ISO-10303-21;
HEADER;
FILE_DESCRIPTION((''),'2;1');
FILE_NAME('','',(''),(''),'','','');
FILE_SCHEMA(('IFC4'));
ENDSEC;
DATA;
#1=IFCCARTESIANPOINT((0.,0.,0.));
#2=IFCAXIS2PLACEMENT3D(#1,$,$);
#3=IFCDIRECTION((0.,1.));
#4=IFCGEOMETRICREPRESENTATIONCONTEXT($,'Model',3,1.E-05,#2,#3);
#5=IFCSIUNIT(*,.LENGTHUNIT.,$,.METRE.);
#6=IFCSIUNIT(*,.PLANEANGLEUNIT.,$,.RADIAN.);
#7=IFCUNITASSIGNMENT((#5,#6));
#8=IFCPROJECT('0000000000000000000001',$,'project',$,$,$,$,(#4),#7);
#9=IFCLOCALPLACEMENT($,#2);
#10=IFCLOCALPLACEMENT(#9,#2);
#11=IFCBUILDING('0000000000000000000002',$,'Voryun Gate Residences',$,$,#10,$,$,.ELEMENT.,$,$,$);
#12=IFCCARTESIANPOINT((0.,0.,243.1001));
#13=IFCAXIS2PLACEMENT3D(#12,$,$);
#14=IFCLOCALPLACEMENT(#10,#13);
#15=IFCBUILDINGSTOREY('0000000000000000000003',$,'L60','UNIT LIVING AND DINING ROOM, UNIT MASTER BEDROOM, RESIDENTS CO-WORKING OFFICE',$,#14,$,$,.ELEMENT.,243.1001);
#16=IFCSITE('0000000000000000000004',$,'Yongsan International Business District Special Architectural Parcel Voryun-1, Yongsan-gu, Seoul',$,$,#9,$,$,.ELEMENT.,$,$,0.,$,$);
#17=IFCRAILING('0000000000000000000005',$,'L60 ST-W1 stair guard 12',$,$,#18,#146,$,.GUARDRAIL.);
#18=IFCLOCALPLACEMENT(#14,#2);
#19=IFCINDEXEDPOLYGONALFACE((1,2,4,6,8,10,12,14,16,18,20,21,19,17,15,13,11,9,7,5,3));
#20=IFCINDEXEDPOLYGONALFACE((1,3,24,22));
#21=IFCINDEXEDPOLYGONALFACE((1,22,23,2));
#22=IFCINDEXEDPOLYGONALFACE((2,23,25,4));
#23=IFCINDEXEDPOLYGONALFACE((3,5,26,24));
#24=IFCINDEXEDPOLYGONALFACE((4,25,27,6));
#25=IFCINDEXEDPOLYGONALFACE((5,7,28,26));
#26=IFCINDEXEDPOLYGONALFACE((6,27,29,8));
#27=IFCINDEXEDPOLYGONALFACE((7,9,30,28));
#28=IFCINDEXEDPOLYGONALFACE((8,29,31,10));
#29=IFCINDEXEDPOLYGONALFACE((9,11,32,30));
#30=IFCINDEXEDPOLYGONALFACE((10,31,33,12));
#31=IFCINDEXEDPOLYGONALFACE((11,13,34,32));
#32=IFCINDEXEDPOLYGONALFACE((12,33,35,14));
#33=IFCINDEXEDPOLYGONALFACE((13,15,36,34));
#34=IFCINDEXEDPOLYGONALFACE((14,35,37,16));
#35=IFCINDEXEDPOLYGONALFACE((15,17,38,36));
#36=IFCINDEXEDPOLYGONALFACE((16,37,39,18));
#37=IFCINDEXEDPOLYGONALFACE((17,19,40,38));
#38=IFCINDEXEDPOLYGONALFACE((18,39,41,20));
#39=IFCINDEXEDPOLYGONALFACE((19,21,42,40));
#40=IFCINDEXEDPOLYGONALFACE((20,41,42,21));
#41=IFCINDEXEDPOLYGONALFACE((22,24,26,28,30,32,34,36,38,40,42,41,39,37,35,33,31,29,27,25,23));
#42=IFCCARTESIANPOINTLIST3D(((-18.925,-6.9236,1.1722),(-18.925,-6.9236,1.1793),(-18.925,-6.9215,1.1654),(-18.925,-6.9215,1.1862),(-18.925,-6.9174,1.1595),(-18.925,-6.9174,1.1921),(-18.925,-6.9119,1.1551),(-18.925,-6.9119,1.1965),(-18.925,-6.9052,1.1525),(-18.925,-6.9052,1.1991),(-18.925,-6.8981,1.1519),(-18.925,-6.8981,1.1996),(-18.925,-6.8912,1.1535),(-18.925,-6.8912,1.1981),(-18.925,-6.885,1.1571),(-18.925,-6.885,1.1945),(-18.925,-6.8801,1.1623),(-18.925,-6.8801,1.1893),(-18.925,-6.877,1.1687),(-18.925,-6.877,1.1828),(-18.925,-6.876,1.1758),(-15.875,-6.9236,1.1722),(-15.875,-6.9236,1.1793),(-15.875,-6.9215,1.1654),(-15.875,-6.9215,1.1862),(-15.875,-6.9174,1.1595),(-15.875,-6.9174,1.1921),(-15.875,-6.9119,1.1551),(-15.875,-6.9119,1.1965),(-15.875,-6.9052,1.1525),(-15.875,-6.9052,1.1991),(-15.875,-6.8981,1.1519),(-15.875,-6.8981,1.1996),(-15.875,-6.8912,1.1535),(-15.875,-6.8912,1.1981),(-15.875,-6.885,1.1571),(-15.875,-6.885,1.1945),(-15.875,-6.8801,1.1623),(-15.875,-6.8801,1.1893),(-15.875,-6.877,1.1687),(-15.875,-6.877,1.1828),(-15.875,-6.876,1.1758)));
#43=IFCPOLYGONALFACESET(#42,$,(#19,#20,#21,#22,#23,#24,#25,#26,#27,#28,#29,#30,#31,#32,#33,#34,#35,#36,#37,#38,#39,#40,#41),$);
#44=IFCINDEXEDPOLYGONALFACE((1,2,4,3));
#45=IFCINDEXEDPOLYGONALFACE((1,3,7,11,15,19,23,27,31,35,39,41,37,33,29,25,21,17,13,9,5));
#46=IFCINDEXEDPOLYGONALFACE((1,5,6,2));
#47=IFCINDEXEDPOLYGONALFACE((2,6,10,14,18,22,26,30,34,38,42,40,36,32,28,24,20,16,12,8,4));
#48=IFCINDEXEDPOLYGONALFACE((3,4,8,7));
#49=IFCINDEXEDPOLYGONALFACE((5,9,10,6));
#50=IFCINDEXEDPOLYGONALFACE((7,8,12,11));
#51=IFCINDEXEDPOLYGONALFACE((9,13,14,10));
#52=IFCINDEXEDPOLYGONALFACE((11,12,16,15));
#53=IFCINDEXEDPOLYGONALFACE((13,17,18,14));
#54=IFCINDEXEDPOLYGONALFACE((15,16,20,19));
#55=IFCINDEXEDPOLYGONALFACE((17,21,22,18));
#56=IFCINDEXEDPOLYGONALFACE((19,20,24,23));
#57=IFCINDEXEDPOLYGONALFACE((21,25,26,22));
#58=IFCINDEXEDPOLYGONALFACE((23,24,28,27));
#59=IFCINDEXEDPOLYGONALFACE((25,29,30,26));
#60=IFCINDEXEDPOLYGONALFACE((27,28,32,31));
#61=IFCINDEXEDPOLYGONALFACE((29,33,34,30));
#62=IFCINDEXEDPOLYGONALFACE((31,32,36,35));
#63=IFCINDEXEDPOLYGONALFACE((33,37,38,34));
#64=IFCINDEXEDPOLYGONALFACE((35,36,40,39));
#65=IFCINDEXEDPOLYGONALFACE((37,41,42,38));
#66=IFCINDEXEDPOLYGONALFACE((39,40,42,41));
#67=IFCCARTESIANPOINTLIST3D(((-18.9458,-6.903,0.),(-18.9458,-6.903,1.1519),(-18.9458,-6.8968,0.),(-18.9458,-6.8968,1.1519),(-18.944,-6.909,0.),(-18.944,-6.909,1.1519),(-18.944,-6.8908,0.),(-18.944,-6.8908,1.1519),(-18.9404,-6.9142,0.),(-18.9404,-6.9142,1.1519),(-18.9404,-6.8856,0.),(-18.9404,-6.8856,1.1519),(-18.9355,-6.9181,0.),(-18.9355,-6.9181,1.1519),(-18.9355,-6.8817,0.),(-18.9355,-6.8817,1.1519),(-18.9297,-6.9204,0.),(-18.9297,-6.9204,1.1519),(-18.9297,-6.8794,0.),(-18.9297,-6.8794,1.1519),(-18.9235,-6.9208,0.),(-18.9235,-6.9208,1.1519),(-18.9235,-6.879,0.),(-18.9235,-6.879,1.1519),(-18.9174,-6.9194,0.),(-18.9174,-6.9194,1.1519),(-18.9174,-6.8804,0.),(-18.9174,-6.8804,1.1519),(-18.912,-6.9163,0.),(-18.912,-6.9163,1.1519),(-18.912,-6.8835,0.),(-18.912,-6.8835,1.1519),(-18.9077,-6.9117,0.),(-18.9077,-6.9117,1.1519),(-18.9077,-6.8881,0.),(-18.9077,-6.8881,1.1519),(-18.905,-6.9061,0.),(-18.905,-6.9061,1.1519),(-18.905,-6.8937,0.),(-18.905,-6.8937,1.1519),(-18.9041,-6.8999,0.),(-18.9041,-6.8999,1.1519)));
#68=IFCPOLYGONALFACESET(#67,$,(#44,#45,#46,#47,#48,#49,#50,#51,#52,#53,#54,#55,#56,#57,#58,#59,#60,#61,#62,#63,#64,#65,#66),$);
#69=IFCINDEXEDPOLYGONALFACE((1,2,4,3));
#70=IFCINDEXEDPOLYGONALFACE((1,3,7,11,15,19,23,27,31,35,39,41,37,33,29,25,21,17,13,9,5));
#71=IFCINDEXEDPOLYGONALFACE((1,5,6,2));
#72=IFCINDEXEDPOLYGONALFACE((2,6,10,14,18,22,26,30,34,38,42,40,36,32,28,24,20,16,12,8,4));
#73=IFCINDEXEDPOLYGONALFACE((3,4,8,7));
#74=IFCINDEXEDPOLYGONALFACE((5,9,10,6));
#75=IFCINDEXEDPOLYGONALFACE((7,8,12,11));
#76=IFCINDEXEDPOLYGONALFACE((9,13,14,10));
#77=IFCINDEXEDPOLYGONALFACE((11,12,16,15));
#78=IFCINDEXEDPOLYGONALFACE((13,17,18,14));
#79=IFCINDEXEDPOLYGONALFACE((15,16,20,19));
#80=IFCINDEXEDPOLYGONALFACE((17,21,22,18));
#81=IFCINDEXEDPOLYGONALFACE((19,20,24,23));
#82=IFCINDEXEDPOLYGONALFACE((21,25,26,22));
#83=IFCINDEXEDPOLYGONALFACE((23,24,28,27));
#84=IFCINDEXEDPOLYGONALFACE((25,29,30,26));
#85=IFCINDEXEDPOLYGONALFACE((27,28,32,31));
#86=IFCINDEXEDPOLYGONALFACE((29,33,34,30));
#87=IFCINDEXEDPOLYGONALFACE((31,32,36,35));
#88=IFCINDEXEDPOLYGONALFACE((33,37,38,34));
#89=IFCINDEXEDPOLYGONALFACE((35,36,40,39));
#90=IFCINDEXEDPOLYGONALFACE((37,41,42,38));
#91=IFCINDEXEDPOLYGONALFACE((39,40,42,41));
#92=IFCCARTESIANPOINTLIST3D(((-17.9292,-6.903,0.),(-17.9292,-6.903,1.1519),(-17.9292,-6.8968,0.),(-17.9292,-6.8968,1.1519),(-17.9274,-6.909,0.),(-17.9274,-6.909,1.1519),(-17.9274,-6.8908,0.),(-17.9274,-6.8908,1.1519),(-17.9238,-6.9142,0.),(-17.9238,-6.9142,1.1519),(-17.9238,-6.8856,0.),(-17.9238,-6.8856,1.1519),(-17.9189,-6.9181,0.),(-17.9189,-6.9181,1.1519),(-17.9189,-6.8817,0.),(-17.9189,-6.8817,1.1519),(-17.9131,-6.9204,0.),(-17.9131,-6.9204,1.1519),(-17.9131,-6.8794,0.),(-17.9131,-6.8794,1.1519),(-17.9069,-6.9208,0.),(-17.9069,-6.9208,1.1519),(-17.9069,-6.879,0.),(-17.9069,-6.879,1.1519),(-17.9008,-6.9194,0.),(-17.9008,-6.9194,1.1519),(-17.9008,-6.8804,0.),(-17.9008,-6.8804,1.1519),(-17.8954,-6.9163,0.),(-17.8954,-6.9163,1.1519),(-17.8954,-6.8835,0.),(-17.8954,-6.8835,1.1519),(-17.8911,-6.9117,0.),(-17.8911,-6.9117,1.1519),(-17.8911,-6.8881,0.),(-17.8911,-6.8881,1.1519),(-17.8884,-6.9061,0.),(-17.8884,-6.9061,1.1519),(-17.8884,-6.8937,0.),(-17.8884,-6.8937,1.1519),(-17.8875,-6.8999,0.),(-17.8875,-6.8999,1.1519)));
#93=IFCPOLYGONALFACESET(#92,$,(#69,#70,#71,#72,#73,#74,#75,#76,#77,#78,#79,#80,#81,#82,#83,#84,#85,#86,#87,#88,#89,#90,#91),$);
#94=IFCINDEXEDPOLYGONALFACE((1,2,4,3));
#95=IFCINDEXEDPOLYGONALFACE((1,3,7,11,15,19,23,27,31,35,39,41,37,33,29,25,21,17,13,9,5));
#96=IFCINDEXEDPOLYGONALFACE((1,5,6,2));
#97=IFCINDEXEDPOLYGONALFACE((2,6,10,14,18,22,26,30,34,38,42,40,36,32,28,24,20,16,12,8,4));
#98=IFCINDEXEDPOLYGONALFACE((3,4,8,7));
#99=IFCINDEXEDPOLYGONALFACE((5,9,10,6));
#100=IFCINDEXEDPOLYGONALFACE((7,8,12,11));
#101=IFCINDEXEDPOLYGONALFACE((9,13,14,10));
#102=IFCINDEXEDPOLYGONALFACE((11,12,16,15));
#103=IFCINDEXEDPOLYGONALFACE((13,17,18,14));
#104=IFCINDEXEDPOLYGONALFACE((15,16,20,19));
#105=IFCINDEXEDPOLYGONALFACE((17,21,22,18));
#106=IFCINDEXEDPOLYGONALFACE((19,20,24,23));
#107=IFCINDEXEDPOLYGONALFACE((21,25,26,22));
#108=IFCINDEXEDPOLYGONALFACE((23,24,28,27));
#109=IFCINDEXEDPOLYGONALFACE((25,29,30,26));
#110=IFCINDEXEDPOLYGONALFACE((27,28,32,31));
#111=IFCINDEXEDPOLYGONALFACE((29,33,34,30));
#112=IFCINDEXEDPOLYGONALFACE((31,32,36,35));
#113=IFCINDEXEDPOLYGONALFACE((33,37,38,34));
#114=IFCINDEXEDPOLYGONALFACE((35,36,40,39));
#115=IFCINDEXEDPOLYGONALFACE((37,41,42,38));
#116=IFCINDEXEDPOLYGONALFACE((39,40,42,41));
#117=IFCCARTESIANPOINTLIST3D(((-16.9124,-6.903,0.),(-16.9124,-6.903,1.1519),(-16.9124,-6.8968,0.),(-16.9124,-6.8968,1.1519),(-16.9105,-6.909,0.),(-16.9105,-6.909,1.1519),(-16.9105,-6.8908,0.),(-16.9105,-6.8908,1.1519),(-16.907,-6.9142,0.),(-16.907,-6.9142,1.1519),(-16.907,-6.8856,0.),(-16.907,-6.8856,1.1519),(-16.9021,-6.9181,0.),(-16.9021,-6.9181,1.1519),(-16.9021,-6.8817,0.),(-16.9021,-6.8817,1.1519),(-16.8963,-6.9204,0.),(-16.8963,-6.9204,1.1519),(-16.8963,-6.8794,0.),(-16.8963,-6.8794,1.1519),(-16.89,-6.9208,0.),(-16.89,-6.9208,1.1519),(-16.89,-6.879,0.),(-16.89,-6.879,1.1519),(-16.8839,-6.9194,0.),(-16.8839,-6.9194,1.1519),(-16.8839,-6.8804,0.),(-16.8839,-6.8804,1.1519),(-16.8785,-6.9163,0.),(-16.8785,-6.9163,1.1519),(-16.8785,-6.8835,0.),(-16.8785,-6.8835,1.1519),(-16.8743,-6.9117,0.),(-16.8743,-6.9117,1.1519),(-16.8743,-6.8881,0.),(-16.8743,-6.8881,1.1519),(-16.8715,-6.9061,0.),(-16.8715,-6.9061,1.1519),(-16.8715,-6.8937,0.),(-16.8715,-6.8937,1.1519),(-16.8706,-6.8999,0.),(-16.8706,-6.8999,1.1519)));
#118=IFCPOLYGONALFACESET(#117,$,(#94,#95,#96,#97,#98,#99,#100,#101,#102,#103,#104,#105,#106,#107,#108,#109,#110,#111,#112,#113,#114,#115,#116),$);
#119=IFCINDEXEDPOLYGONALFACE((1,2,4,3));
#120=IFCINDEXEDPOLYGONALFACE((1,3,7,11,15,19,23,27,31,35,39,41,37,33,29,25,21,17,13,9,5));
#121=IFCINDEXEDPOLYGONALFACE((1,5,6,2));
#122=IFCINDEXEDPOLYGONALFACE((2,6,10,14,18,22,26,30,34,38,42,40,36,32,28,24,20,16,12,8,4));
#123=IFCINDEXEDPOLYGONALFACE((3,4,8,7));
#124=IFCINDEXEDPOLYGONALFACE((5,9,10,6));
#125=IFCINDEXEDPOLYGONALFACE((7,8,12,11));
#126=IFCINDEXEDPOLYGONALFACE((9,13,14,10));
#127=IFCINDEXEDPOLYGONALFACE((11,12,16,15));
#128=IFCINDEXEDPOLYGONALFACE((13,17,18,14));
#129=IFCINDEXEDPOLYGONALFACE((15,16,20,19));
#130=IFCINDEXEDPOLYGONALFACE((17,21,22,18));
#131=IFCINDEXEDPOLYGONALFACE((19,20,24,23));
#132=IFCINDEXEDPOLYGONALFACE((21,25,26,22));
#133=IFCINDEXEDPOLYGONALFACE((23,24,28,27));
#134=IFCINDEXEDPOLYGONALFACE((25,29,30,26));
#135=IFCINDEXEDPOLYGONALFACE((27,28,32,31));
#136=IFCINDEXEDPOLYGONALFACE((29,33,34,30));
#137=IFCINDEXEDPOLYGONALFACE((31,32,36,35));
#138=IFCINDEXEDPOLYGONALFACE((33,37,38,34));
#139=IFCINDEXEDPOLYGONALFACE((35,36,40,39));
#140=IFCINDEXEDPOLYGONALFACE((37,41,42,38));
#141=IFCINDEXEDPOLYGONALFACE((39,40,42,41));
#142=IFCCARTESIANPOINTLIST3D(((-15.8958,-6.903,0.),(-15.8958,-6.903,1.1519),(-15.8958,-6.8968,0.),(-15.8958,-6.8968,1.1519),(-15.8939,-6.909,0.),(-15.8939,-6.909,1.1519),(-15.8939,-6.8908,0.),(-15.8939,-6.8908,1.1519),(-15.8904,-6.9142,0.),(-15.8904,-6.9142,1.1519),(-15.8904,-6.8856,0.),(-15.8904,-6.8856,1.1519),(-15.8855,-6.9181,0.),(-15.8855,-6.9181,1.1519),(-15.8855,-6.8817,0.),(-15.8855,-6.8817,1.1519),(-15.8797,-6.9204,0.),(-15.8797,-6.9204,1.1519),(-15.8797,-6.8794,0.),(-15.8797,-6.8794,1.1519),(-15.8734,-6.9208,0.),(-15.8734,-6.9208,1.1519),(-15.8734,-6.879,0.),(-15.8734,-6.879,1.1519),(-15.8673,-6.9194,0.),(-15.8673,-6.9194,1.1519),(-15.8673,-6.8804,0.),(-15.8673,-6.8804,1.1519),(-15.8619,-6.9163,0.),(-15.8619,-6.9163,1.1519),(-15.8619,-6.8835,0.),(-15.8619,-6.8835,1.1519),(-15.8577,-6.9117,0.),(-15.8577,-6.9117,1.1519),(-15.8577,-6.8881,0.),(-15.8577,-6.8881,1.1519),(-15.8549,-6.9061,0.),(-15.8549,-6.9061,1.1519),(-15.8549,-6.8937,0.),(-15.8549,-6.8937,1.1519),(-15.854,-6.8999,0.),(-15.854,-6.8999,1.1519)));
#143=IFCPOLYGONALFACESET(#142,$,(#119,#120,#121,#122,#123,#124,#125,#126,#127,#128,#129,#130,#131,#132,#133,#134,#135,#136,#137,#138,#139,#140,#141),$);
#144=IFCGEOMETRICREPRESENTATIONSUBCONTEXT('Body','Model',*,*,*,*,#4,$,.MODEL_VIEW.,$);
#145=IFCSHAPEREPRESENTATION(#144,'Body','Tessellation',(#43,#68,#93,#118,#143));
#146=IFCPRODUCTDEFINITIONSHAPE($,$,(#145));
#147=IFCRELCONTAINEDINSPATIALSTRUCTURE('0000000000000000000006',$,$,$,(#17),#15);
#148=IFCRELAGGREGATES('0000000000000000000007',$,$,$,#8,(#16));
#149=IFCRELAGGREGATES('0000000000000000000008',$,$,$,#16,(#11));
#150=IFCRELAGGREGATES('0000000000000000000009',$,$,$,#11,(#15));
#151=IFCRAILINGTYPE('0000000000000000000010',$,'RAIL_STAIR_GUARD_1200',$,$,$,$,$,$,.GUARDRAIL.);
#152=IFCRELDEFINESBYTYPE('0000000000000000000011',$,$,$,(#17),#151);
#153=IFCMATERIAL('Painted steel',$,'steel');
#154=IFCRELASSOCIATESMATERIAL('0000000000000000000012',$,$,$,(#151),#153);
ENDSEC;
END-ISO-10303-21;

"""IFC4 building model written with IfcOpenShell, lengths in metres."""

from ifc_helpers import new_model, si_unit, direction, frame, origin, origin_2d, place, context, subcontext, project, spatial, circle, extrude, material, type_object, element, save


model = new_model("IFC4")

# Units and contexts
model_context = context("Model", 3, precision=1e-05, world=origin(), true_north=direction((0.0, 1.0)))
body_context = subcontext(model_context, "Body", "Model", "MODEL_VIEW")
ifc_project = project(units=[si_unit("LENGTHUNIT", "METRE"), si_unit("PLANEANGLEUNIT", "RADIAN")], contexts=[model_context])

# Site, building, storey
site_placement = place(None, origin())
site = spatial("IfcSite", under=ifc_project, at=site_placement, Name="Yongsan International Business District Special Architectural Parcel Voryun-1, Yongsan-gu, Seoul", CompositionType="ELEMENT", RefElevation=0.0)
building_placement = place(site_placement, origin())
building = spatial("IfcBuilding", under=site, at=building_placement, Name="Voryun Gate Residences", CompositionType="ELEMENT")
storey_placement = place(building_placement, frame((0.0, 0.0, 243.1001)))
storey = spatial("IfcBuildingStorey", under=building, at=storey_placement, Name="L60", Description="UNIT LIVING AND DINING ROOM, UNIT MASTER BEDROOM, RESIDENTS CO-WORKING OFFICE", CompositionType="ELEMENT", Elevation=243.1001)

# Railing
ifc_material_1 = material(Name="Painted steel", Category="steel")
railing_type_1 = type_object("IfcRailingType", Name="RAIL_STAIR_GUARD_1200", PredefinedType="GUARDRAIL", material=ifc_material_1)
railing_1_placement = place(storey_placement, frame((-18.925, -6.8999, 0.0)))
element("IfcRailing", 1, at=railing_1_placement, inside=storey, type_object=railing_type_1, Name="L60 ST-W1 stair guard 12", PredefinedType="GUARDRAIL", context=body_context, shape_type="SweptSolid", body=[
    extrude(circle(Radius=0.0239, at=origin_2d()), frame((0.0, 0.0, 1.1758), z_axis=(1.0, 0.0, 0.0), x_axis=(0.0, 1.0, 0.0)), (0.0, 0.0, 1.0), 3.05),
    extrude(circle(Radius=0.021, at=origin_2d()), origin(), (0.0, 0.0, 1.0), 1.1519),
    extrude(circle(Radius=0.021, at=origin_2d()), frame((1.0166, 0.0, 0.0)), (0.0, 0.0, 1.0), 1.1519),
    extrude(circle(Radius=0.021, at=origin_2d()), frame((2.0334, 0.0, 0.0)), (0.0, 0.0, 1.0), 1.1519),
    extrude(circle(Radius=0.021, at=origin_2d()), frame((3.05, 0.0, 0.0)), (0.0, 0.0, 1.0), 1.1519),
])

save(model, "model.ifc")
